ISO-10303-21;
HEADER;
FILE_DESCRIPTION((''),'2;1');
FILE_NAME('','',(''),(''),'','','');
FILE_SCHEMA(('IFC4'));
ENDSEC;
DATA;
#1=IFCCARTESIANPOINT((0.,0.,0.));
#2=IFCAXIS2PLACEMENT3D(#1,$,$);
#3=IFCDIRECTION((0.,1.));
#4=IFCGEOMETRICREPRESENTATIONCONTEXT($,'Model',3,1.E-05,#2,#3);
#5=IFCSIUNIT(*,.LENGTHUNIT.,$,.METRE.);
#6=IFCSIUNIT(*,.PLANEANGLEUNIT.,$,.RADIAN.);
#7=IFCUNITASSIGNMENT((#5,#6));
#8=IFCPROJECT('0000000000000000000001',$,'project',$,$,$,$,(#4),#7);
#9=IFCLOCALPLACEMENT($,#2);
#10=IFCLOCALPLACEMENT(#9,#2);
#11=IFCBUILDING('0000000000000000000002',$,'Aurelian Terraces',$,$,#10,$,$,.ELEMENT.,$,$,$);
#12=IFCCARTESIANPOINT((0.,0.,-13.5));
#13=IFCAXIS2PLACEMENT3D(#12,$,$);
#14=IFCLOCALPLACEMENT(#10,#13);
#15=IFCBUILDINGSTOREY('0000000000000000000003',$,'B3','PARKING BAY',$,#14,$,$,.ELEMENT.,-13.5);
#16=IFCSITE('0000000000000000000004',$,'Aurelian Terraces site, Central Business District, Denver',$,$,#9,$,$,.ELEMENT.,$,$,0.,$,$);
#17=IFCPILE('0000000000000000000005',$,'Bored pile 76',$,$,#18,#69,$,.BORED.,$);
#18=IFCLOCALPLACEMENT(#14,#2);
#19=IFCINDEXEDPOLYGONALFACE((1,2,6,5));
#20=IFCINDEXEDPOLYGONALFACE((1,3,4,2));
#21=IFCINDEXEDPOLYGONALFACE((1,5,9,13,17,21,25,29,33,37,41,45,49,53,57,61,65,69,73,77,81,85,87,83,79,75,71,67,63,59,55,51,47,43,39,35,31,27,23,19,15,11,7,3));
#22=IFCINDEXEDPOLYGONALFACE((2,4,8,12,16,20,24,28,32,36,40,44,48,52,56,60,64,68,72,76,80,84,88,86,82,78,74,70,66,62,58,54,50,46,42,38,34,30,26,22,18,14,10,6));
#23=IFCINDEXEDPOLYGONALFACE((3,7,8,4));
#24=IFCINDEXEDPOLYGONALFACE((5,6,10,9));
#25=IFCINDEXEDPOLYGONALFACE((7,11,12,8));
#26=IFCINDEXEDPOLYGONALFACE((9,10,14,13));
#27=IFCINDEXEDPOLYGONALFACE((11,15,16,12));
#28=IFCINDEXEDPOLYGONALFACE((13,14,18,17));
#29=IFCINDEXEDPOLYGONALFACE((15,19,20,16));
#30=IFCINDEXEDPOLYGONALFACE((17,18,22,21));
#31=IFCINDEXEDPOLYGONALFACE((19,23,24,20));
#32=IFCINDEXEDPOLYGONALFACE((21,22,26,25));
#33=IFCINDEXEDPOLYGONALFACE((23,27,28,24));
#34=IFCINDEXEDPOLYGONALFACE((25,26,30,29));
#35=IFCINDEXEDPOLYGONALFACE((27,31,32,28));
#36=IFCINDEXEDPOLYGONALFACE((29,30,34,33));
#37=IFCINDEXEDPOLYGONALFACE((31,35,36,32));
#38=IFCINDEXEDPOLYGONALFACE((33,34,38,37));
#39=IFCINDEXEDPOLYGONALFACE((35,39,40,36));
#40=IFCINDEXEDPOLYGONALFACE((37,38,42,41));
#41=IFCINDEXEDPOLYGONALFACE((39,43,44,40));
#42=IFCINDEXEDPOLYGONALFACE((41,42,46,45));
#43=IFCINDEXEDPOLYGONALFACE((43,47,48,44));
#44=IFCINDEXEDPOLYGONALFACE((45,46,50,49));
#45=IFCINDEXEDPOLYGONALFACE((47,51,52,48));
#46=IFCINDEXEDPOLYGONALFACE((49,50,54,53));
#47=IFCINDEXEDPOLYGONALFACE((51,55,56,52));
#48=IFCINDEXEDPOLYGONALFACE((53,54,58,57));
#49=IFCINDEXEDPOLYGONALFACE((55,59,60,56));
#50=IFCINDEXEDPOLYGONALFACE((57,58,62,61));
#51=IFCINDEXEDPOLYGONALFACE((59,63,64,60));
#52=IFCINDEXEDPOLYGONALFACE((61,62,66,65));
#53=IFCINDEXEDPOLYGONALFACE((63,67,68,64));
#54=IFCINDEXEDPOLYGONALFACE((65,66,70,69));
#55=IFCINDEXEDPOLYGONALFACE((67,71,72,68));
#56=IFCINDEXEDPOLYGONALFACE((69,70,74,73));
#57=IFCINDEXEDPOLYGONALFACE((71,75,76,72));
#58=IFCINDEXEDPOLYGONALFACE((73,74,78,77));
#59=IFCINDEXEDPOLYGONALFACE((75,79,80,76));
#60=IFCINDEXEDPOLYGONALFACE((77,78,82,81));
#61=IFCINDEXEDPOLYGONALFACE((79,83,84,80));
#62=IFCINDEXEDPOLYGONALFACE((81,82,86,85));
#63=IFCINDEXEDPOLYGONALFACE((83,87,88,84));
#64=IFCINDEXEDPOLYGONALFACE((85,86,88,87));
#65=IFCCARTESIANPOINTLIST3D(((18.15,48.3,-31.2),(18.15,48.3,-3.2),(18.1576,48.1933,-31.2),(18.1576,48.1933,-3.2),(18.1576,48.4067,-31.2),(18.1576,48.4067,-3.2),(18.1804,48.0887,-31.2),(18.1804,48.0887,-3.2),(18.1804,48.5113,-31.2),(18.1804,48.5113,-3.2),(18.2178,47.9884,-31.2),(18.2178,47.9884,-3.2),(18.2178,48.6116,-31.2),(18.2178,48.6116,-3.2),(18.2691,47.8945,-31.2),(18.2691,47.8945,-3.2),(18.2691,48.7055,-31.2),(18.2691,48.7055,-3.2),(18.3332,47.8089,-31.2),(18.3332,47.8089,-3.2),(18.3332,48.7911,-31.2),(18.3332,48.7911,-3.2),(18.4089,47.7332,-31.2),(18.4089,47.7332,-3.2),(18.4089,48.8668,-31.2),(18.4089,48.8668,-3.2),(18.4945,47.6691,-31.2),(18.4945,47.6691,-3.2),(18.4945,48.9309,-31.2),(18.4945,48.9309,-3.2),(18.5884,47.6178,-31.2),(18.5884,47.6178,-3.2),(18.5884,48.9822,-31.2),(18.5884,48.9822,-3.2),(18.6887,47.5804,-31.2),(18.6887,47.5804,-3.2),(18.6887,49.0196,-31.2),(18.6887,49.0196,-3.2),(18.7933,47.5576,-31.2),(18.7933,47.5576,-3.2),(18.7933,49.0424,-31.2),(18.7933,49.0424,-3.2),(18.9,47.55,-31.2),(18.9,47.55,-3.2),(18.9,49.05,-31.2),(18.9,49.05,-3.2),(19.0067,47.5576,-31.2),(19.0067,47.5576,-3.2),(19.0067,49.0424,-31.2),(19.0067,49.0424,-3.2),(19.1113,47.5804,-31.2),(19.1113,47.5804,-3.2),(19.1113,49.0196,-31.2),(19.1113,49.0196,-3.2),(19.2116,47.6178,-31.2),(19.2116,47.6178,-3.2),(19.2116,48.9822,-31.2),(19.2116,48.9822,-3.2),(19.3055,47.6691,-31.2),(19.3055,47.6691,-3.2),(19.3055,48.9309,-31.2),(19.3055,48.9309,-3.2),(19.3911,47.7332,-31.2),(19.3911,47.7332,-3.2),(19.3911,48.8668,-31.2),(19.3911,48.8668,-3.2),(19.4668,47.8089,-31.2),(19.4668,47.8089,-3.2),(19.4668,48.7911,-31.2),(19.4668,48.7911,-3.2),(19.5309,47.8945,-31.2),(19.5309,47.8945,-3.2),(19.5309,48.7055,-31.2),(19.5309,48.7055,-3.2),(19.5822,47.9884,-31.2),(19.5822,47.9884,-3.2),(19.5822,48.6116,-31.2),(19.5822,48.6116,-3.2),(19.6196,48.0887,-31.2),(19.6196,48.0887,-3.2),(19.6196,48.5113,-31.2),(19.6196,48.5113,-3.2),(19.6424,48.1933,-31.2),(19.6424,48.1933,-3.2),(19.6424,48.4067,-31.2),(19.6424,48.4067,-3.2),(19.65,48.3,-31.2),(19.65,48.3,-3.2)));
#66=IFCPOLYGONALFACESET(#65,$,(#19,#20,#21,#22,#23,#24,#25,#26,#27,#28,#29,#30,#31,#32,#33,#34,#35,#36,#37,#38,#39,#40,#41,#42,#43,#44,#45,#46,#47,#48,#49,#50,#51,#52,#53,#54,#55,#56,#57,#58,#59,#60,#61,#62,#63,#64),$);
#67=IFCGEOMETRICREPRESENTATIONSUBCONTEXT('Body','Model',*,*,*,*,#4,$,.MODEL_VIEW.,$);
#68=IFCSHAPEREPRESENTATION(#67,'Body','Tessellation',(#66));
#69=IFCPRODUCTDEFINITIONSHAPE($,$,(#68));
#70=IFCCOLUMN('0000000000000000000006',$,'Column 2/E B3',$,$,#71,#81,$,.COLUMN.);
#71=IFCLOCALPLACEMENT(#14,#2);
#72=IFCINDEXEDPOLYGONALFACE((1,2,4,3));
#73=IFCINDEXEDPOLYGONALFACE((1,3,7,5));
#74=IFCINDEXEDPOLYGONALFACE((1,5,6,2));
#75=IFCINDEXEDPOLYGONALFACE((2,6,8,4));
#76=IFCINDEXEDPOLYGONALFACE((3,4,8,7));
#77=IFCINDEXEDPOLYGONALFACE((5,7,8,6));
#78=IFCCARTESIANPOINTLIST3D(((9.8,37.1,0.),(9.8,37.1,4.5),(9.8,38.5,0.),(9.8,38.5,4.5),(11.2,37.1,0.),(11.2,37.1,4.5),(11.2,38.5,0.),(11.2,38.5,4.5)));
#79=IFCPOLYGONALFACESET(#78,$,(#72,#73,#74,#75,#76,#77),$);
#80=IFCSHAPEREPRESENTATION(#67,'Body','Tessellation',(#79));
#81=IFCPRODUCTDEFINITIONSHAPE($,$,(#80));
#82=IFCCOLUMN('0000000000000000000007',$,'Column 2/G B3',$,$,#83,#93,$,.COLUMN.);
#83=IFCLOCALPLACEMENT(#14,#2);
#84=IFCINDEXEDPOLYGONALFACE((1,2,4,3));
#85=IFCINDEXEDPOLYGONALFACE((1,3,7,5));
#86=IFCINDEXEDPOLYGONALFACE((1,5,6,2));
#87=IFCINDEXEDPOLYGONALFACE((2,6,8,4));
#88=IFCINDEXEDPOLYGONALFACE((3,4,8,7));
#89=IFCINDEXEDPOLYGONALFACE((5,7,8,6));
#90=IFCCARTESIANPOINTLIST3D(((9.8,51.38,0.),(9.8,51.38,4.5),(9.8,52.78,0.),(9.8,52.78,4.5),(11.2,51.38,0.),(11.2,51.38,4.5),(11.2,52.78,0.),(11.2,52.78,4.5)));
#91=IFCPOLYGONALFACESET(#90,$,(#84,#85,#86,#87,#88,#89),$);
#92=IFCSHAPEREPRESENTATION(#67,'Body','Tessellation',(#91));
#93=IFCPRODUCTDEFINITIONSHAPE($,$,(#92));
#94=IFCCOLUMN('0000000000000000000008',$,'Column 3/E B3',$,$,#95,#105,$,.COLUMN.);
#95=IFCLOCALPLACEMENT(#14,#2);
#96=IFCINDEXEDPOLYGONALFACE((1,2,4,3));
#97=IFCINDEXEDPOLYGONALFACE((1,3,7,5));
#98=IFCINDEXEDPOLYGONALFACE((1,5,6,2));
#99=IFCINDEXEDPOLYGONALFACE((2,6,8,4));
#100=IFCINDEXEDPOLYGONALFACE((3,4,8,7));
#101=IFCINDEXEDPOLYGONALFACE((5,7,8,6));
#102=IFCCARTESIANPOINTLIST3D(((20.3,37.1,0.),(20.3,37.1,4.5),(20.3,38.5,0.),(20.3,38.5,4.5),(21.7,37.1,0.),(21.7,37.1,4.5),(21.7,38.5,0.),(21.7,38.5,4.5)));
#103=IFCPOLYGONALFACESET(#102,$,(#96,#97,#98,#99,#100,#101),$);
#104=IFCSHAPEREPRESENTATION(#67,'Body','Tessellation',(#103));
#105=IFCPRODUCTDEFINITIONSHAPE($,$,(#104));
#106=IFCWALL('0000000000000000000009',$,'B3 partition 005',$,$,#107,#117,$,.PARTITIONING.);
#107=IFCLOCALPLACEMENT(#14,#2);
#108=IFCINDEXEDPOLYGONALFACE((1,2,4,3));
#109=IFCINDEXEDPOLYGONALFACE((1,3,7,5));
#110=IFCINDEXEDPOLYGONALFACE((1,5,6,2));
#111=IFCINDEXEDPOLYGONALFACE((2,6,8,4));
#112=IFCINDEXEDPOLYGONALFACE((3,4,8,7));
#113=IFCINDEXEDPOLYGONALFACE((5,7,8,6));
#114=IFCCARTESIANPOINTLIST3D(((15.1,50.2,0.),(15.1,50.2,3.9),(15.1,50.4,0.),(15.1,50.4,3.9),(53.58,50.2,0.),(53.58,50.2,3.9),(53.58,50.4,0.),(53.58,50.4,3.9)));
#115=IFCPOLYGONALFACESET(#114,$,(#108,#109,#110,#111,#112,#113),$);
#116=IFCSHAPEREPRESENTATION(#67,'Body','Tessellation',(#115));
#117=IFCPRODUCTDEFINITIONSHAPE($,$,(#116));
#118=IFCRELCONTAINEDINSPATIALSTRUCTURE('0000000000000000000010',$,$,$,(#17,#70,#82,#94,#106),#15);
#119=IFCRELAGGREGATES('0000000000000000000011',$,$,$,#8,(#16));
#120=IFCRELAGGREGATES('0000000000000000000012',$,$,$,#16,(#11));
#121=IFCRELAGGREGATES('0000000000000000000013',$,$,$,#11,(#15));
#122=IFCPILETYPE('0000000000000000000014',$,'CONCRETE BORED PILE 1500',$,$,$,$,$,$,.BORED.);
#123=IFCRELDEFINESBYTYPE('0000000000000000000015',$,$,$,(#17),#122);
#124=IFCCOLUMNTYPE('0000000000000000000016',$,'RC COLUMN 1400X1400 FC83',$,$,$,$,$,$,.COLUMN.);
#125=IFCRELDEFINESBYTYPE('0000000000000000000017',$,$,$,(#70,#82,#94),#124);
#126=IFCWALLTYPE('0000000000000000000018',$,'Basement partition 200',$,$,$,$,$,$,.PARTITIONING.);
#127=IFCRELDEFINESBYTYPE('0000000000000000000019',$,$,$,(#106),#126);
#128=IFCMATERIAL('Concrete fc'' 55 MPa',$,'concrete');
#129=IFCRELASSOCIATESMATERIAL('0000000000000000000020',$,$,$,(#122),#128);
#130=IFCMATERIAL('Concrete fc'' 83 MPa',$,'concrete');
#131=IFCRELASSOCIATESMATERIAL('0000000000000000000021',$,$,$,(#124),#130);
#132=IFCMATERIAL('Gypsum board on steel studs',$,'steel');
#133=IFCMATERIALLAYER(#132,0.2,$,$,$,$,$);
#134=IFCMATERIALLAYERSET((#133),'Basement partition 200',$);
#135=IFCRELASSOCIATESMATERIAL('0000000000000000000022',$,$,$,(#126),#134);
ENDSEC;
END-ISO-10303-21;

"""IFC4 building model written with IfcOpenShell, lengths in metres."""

from ifc_helpers import new_model, si_unit, direction, frame, frame_2d, origin, origin_2d, place, context, subcontext, project, spatial, rectangle, circle, extrude, source, transform, mapped, material, layer, layer_set, material_profile, profile_set, type_object, element, save


model = new_model("IFC4")

# Units and contexts
model_context = context("Model", 3, precision=1e-05, world=origin(), true_north=direction((0.0, 1.0)))
body_context = subcontext(model_context, "Body", "Model", "MODEL_VIEW")
ifc_project = project(units=[si_unit("LENGTHUNIT", "METRE"), si_unit("PLANEANGLEUNIT", "RADIAN")], contexts=[model_context])

# Site, building, storey
site_placement = place(None, origin())
site = spatial("IfcSite", under=ifc_project, at=site_placement, Name="Aurelian Terraces site, Central Business District, Denver", CompositionType="ELEMENT", RefElevation=0.0)
building_placement = place(site_placement, origin())
building = spatial("IfcBuilding", under=site, at=building_placement, Name="Aurelian Terraces", CompositionType="ELEMENT")
storey_placement = place(building_placement, frame((0.0, 0.0, -13.5)))
storey = spatial("IfcBuildingStorey", under=building, at=storey_placement, Name="B3", Description="PARKING BAY", CompositionType="ELEMENT", Elevation=-13.5)

# Pile
ifc_material_1 = material(Name="Concrete fc' 55 MPa", Category="concrete")
ifc_material_profile_1 = material_profile(ifc_material_1, circle(Radius=0.75, at=origin_2d()))
ifc_profile_set_1 = profile_set([ifc_material_profile_1], Name="Concrete fc' 55 MPa")
pile_type = type_object("IfcPileType", Name="CONCRETE BORED PILE 1500", PredefinedType="BORED", material=ifc_profile_set_1)
shared_shape_1 = source(origin(), body_context, "Body", "SweptSolid", [
    extrude(circle(Radius=0.75, at=origin_2d()), origin(), (0.0, 0.0, 1.0), 28.0),
])
for number, where, z_axis, x_axis, name in (
    (1, (18.9, 48.3, -3.2), (0.0, 0.0, -1.0), (1.0, 0.0, 0.0), "Bored pile 76"),
):
    element("IfcPile", number, at=place(storey_placement, frame(where, z_axis=z_axis, x_axis=x_axis)), inside=storey, type_object=pile_type, Name=name, PredefinedType="BORED", context=body_context, shape_type="MappedRepresentation", body=[
        mapped(shared_shape_1, transform((0.0, 0.0, 0.0), scale=1.0)),
    ])

# Columns
ifc_material_2 = material(Name="Concrete fc' 83 MPa", Category="concrete")
ifc_material_profile_2 = material_profile(ifc_material_2, rectangle(XDim=1.4, YDim=1.4, at=origin_2d()))
ifc_profile_set_2 = profile_set([ifc_material_profile_2], Name="Concrete fc' 83 MPa")
column_type = type_object("IfcColumnType", Name="RC COLUMN 1400X1400 FC83", PredefinedType="COLUMN", material=ifc_profile_set_2)
shared_shape_2 = source(origin(), body_context, "Body", "SweptSolid", [
    extrude(rectangle(XDim=1.4, YDim=1.4, at=origin_2d()), origin(), (0.0, 0.0, 1.0), 4.5),
])
for number, where, z_axis, x_axis, name in (
    (2, (10.5, 37.8, 0.0), (0.0, 0.0, 1.0), (1.0, 0.0, 0.0), "Column 2/E B3"),
    (3, (10.5, 52.08, 0.0), (0.0, 0.0, 1.0), (1.0, 0.0, 0.0), "Column 2/G B3"),
    (4, (21.0, 37.8, 0.0), (0.0, 0.0, 1.0), (1.0, 0.0, 0.0), "Column 3/E B3"),
):
    element("IfcColumn", number, at=place(storey_placement, frame(where, z_axis=z_axis, x_axis=x_axis)), inside=storey, type_object=column_type, Name=name, PredefinedType="COLUMN", context=body_context, shape_type="MappedRepresentation", body=[
        mapped(shared_shape_2, transform((0.0, 0.0, 0.0), scale=1.0)),
    ])

# Wall
ifc_material_3 = material(Name="Gypsum board on steel studs", Category="steel")
ifc_layer_1 = layer(ifc_material_3, 0.2)
ifc_layer_set_1 = layer_set([ifc_layer_1], Name="Basement partition 200")
wall_type_1 = type_object("IfcWallType", Name="Basement partition 200", PredefinedType="PARTITIONING", material=ifc_layer_set_1)
wall_1_placement = place(storey_placement, frame((15.1, 50.3, 0.0), z_axis=(0.0, 0.0, 1.0), x_axis=(1.0, 0.0, 0.0)))
element("IfcWall", 5, at=wall_1_placement, inside=storey, type_object=wall_type_1, Name="B3 partition 005", PredefinedType="PARTITIONING", context=body_context, shape_type="SweptSolid", body=[
    extrude(rectangle(XDim=38.48, YDim=0.2, at=frame_2d((19.24, 0.0))), origin(), (0.0, 0.0, 1.0), 3.9),
])

save(model, "model.ifc")
